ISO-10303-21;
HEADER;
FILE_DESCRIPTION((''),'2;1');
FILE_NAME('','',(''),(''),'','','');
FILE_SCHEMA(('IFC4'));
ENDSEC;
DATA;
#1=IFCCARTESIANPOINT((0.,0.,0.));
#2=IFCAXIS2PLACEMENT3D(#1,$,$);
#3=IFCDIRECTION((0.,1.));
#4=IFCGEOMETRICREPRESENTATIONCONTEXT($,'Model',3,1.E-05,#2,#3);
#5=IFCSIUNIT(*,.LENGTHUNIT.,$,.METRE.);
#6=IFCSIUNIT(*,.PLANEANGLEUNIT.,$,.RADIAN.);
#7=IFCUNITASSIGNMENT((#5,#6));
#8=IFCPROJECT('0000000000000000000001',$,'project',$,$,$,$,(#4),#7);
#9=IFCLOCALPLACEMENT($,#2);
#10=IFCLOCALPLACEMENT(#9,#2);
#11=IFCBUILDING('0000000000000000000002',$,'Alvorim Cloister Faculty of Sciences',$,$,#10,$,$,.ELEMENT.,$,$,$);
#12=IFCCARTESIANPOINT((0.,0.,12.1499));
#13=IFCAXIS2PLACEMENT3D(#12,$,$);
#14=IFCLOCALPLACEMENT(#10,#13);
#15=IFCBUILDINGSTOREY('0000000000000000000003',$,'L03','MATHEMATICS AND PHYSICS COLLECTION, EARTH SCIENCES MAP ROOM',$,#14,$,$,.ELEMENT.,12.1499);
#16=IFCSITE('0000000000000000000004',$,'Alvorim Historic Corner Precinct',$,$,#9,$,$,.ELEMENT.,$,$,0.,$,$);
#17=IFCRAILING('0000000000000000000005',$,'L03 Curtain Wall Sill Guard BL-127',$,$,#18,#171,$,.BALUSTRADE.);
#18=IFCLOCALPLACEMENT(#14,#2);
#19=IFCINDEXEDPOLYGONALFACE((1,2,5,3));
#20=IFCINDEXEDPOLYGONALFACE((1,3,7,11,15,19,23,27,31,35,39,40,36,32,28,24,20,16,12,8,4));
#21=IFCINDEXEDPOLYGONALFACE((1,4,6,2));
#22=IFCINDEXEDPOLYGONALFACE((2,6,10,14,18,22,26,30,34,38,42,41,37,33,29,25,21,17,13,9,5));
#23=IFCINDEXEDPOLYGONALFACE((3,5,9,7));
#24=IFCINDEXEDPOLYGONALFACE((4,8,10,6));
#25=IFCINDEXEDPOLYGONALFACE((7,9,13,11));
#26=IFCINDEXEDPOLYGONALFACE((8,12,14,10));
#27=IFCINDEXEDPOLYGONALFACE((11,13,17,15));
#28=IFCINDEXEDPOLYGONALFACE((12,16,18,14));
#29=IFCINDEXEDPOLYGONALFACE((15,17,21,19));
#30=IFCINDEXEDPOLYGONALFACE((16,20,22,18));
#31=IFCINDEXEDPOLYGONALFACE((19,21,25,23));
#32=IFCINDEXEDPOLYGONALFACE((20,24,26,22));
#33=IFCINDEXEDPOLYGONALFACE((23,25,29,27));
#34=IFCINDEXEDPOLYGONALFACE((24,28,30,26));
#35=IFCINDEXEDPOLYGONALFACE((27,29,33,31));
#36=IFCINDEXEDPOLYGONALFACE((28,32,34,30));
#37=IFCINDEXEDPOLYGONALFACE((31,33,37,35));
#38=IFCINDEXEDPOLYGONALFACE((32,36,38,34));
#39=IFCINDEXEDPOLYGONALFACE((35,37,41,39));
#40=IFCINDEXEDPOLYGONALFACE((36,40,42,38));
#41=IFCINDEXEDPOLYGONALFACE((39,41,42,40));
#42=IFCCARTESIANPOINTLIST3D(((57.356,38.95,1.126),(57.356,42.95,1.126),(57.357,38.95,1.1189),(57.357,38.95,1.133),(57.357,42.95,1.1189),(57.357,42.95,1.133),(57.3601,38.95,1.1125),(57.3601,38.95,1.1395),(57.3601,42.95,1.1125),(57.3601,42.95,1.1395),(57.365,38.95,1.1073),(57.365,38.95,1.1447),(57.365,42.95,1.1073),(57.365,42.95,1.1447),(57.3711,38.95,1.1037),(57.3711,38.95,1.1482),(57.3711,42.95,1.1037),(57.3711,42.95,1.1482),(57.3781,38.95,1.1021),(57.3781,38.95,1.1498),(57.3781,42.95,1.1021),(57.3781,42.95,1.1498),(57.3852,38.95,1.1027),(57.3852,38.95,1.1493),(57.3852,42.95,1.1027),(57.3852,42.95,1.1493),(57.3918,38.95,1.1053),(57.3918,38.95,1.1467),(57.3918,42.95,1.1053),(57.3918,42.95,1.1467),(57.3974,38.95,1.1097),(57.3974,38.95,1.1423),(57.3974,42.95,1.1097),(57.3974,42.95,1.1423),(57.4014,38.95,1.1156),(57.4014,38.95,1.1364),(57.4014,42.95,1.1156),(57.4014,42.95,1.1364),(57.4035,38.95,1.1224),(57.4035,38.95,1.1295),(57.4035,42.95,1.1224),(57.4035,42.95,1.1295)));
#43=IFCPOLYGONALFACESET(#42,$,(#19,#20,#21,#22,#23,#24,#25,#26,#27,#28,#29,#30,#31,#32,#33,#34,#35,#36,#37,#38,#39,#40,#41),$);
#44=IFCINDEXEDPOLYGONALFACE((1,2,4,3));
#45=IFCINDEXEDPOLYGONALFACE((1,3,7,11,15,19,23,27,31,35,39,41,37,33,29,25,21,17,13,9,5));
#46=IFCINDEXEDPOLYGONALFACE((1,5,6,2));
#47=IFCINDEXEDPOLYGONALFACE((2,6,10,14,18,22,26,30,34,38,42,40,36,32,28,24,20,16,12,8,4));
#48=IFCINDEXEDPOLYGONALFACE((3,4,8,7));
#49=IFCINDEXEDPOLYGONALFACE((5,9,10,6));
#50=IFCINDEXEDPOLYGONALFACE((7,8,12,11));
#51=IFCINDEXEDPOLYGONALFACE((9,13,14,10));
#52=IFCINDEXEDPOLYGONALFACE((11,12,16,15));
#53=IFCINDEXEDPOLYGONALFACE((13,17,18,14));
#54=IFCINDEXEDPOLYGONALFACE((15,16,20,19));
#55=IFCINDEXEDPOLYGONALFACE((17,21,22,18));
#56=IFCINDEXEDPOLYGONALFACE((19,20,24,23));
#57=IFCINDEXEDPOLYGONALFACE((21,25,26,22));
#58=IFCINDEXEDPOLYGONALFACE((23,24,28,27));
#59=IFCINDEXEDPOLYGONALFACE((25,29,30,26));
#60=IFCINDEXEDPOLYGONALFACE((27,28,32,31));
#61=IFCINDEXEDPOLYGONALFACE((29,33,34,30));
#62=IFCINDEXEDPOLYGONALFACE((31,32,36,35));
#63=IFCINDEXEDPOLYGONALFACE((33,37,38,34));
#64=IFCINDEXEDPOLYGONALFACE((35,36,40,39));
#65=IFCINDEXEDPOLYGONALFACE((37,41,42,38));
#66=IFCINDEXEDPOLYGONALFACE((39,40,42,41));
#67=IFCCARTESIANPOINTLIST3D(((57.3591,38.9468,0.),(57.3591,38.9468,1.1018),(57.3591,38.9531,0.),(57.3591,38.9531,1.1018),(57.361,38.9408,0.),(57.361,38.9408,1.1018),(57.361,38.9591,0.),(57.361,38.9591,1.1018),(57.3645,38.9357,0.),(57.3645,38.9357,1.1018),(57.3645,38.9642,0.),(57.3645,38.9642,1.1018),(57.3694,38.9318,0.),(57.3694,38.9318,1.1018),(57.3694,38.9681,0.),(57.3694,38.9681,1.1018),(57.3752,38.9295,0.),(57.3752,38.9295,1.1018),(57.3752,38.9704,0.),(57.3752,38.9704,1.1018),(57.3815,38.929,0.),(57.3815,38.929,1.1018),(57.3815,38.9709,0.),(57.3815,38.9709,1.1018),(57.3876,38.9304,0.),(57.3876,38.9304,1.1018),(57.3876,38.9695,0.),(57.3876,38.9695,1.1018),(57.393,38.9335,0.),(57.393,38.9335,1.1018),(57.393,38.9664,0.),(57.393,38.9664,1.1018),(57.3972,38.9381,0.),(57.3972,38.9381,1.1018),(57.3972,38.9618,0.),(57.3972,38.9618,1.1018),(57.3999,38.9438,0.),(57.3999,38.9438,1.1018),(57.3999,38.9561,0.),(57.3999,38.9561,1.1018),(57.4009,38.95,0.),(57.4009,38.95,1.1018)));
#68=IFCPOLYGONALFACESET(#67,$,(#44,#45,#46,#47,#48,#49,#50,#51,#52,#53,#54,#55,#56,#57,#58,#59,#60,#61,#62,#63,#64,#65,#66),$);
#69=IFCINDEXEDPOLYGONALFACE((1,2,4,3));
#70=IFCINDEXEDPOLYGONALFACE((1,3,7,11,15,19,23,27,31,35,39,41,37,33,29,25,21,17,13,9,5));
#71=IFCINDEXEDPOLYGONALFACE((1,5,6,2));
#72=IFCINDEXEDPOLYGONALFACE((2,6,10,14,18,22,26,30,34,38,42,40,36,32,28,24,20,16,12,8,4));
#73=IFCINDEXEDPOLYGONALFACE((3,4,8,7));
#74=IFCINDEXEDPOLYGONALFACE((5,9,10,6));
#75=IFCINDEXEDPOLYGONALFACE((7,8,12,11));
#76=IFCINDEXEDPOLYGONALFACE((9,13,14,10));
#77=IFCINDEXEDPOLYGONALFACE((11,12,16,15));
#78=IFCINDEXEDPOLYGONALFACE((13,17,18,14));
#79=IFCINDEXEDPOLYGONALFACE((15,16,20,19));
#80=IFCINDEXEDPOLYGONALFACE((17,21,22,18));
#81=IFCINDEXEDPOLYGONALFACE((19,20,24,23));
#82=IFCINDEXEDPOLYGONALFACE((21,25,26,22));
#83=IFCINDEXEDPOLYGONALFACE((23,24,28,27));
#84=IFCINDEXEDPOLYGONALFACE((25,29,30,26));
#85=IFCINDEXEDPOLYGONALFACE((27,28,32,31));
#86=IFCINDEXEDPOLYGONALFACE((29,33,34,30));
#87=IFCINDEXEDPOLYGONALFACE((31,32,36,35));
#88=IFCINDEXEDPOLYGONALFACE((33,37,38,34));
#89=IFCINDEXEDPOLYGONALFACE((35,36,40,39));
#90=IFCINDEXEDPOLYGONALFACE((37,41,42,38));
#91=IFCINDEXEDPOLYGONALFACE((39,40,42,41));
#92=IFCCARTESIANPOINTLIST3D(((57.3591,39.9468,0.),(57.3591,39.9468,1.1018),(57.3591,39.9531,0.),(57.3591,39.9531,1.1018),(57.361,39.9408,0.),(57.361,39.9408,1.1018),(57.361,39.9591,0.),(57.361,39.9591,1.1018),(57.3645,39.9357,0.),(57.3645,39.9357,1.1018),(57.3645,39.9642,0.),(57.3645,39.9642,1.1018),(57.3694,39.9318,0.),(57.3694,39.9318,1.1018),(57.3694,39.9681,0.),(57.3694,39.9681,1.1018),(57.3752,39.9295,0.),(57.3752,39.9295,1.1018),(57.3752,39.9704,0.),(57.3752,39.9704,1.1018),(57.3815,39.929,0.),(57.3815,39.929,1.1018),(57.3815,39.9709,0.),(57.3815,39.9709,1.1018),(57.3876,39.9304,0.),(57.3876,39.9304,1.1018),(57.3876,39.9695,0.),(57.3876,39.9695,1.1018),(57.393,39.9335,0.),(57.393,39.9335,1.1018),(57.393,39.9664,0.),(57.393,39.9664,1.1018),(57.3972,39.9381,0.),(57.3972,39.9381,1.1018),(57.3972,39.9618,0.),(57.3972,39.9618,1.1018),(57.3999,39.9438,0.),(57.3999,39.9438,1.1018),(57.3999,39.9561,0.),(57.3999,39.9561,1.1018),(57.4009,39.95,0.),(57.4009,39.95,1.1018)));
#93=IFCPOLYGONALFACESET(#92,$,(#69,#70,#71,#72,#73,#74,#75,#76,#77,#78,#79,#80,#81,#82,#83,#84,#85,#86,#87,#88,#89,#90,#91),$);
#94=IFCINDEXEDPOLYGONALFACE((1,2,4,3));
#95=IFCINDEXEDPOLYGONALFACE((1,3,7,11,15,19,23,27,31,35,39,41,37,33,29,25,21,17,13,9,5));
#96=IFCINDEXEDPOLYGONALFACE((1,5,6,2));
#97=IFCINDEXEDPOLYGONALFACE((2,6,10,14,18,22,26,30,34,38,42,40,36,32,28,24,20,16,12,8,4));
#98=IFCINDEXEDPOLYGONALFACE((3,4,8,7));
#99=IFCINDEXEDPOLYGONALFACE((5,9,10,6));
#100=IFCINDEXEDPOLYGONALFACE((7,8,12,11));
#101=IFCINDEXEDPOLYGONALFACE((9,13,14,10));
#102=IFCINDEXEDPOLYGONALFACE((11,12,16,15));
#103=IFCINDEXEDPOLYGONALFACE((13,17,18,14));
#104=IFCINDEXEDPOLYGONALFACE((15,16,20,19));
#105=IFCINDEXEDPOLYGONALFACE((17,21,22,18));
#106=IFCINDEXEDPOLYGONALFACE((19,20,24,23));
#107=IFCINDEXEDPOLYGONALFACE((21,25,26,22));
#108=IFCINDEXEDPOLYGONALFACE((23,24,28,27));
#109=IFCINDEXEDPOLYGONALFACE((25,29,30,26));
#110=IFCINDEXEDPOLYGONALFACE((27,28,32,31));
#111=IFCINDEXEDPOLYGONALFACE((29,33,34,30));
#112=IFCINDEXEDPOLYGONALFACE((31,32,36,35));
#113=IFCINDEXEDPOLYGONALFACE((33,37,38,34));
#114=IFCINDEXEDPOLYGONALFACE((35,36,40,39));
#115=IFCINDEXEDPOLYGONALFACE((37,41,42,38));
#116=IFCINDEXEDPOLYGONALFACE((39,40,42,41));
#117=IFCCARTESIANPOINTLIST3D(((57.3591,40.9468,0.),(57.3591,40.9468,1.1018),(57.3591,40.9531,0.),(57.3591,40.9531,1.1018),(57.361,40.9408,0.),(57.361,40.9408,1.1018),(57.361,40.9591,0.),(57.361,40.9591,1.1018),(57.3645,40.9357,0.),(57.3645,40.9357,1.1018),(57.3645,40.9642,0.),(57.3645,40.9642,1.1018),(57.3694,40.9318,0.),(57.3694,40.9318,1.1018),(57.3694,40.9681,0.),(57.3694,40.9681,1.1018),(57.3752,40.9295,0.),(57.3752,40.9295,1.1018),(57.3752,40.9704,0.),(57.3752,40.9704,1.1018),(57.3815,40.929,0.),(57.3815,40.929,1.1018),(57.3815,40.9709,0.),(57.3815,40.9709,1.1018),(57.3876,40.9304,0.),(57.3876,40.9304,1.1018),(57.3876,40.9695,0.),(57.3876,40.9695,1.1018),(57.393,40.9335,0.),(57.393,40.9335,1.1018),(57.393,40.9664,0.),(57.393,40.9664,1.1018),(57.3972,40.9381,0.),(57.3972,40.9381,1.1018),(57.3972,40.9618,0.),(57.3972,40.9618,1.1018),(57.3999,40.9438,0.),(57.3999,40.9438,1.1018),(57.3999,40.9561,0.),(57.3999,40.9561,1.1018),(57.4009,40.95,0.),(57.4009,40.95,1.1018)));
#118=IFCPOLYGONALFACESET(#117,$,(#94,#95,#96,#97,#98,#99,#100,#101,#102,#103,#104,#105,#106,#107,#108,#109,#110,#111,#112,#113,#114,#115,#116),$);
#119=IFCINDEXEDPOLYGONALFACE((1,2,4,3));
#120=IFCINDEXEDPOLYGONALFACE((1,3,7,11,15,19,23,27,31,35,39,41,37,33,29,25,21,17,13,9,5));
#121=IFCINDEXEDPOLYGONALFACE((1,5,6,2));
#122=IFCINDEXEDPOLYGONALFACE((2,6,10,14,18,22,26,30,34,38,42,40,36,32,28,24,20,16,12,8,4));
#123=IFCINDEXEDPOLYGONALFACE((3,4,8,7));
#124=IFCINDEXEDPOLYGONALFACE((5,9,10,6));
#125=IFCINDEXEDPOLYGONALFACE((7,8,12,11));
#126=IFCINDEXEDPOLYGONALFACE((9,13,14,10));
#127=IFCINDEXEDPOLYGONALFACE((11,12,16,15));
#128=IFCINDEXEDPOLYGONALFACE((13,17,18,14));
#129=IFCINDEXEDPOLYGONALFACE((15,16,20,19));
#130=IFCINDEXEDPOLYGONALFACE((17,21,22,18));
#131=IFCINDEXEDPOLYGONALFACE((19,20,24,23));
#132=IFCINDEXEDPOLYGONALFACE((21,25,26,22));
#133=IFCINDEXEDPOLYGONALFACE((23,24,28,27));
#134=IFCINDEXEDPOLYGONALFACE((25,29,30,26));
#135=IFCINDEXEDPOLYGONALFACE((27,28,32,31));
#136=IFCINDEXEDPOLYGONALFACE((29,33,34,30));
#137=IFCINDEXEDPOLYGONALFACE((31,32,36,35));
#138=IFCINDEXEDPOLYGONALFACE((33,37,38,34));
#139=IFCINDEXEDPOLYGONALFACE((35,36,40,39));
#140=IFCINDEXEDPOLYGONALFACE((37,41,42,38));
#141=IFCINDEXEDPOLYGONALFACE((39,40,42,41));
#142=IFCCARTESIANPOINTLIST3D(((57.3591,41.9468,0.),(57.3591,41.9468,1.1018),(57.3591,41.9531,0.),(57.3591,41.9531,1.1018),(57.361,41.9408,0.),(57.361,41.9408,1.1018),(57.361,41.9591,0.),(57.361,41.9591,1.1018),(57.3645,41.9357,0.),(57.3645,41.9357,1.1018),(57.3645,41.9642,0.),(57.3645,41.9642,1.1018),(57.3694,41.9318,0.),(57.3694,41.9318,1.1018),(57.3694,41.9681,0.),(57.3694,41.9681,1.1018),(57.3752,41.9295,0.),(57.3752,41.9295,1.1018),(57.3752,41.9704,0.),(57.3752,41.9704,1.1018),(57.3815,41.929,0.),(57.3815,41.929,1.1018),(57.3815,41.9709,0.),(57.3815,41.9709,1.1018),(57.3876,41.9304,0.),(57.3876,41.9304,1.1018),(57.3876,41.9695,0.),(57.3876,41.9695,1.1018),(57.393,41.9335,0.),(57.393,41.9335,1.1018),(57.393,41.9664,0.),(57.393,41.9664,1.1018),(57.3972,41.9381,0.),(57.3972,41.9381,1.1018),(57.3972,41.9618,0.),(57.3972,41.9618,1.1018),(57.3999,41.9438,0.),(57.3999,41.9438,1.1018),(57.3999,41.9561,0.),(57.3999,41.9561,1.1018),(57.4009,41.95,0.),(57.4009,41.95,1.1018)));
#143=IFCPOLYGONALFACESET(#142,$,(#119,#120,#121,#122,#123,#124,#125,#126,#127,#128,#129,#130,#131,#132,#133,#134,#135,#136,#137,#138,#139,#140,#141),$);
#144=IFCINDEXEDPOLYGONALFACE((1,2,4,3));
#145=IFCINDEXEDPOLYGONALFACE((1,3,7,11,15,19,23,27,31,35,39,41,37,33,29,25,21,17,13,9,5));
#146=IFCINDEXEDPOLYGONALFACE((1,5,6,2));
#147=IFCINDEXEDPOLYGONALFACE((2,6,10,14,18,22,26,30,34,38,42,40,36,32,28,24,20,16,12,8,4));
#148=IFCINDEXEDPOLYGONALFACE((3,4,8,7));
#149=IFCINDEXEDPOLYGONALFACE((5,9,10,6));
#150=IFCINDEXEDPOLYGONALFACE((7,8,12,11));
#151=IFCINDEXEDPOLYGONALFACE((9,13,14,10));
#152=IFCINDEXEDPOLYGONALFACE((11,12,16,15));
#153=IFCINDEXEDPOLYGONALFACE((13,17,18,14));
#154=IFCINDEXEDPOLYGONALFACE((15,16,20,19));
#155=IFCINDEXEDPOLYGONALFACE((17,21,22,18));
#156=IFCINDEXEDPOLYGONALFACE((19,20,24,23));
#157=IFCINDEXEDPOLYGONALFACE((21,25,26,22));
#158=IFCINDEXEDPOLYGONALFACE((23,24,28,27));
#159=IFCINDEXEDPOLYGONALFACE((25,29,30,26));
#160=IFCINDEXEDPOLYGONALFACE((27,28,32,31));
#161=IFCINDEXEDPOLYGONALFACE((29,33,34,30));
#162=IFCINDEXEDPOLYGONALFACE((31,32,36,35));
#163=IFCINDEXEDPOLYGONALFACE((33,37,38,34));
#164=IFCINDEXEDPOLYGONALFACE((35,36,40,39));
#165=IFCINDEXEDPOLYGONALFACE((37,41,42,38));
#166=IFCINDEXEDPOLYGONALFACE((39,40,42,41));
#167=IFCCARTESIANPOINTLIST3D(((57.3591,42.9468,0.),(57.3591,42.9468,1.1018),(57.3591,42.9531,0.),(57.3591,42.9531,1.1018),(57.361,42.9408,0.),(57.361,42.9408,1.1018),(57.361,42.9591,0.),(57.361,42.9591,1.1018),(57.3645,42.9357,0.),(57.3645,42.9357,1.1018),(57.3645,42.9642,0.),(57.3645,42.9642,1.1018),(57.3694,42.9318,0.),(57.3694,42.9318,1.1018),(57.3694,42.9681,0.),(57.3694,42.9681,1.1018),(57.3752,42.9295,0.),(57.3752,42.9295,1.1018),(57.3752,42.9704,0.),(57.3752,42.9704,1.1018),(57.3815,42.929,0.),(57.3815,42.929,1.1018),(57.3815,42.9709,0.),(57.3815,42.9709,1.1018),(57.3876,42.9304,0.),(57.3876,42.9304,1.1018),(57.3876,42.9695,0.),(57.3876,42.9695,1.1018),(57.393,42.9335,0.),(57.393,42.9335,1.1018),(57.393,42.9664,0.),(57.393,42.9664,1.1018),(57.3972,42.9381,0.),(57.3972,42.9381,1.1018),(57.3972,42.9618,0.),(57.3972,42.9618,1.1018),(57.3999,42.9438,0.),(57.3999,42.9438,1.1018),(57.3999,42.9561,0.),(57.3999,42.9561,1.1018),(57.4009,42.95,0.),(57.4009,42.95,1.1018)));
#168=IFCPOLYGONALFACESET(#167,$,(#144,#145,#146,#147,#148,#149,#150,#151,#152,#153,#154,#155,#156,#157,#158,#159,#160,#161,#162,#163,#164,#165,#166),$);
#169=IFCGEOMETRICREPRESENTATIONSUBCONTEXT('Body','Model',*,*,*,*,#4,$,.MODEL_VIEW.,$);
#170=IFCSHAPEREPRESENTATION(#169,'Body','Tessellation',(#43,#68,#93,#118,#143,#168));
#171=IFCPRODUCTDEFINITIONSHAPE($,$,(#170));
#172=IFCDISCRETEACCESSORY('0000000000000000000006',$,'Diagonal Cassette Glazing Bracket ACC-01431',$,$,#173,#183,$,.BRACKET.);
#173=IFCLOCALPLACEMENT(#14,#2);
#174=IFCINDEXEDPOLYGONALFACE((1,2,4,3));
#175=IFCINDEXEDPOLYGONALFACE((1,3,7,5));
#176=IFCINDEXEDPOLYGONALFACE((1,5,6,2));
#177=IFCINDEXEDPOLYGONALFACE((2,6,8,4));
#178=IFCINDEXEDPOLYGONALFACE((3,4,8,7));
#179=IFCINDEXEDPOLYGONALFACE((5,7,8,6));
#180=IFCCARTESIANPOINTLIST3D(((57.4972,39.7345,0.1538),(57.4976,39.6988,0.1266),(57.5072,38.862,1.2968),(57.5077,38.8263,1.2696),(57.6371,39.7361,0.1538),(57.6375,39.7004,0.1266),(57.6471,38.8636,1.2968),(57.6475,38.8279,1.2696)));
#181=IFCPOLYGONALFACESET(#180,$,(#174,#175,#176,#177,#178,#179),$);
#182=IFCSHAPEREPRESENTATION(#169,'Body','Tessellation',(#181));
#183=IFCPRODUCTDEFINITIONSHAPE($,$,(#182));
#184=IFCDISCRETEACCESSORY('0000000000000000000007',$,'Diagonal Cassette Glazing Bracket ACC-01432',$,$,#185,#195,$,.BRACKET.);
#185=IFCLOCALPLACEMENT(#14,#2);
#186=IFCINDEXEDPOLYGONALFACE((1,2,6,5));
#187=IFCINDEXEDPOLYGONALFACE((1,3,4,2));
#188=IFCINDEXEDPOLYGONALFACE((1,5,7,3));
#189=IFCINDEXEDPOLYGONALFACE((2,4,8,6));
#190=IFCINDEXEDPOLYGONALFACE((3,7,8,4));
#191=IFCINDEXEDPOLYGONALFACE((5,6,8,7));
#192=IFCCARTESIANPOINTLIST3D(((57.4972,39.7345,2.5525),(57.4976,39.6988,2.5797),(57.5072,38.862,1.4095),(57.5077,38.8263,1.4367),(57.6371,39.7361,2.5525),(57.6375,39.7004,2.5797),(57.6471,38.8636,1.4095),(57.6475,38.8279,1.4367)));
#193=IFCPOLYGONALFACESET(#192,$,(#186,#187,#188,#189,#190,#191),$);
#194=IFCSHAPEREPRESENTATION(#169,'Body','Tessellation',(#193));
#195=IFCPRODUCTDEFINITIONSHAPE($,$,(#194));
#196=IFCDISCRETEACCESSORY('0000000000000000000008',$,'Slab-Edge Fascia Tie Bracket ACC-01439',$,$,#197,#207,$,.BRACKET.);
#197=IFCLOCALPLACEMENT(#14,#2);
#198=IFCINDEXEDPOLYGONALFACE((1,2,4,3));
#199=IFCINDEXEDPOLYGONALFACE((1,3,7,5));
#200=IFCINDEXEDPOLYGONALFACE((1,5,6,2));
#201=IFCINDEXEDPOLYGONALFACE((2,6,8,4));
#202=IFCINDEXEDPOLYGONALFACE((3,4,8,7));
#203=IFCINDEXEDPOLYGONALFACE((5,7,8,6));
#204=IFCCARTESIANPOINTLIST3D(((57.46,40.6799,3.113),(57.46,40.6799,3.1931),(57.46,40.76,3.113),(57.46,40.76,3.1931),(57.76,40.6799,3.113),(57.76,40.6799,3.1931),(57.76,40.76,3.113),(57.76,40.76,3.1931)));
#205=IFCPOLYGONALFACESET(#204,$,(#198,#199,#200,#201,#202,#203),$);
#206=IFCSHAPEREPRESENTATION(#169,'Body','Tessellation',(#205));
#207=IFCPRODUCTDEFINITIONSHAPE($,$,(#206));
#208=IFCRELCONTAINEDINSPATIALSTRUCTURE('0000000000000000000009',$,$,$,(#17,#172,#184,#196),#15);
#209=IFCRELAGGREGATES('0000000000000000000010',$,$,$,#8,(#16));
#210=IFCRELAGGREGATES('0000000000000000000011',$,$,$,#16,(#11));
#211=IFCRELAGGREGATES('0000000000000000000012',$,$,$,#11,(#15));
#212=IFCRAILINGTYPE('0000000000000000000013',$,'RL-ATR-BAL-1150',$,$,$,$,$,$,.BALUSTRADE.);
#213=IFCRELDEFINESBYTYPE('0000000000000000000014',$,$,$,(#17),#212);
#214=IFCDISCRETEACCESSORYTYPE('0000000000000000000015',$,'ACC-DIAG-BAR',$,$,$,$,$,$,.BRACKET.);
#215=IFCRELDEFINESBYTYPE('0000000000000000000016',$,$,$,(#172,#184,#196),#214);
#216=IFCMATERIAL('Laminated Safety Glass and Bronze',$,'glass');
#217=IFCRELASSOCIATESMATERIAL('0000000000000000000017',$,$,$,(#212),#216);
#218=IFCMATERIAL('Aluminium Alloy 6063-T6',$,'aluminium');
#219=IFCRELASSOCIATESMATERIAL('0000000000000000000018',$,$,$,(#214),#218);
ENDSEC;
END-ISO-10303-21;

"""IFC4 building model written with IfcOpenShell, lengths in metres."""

from ifc_helpers import new_model, si_unit, direction, frame, origin, origin_2d, place, context, subcontext, project, spatial, rectangle, circle, extrude, material, type_object, element, save


model = new_model("IFC4")

# Units and contexts
model_context = context("Model", 3, precision=1e-05, world=origin(), true_north=direction((0.0, 1.0)))
body_context = subcontext(model_context, "Body", "Model", "MODEL_VIEW")
ifc_project = project(units=[si_unit("LENGTHUNIT", "METRE"), si_unit("PLANEANGLEUNIT", "RADIAN")], contexts=[model_context])

# Site, building, storey
site_placement = place(None, origin())
site = spatial("IfcSite", under=ifc_project, at=site_placement, Name="Alvorim Historic Corner Precinct", CompositionType="ELEMENT", RefElevation=0.0)
building_placement = place(site_placement, origin())
building = spatial("IfcBuilding", under=site, at=building_placement, Name="Alvorim Cloister Faculty of Sciences", CompositionType="ELEMENT")
storey_placement = place(building_placement, frame((0.0, 0.0, 12.1499)))
storey = spatial("IfcBuildingStorey", under=building, at=storey_placement, Name="L03", Description="MATHEMATICS AND PHYSICS COLLECTION, EARTH SCIENCES MAP ROOM", CompositionType="ELEMENT", Elevation=12.1499)

# Shared definitions
ifc_material_1 = material(Name="Aluminium Alloy 6063-T6", Category="aluminium")

# Railing
ifc_material_2 = material(Name="Laminated Safety Glass and Bronze", Category="glass")
railing_type = type_object("IfcRailingType", Name="RL-ATR-BAL-1150", PredefinedType="BALUSTRADE", material=ifc_material_2)
railing_placement = place(storey_placement, frame((57.3799, 38.95, 0.0)))
element("IfcRailing", 1, at=railing_placement, inside=storey, type_object=railing_type, Name="L03 Curtain Wall Sill Guard BL-127", PredefinedType="BALUSTRADE", context=body_context, shape_type="SweptSolid", body=[
    extrude(circle(Radius=0.0239, at=origin_2d()), frame((0.0, 0.0, 1.126), z_axis=(0.0, 1.0, 0.0), x_axis=(-1.0, 0.0, 0.0)), (0.0, 0.0, 1.0), 4.0),
    extrude(circle(Radius=0.021, at=origin_2d()), origin(), (0.0, 0.0, 1.0), 1.1018),
    extrude(circle(Radius=0.021, at=origin_2d()), frame((0.0, 1.0, 0.0)), (0.0, 0.0, 1.0), 1.1018),
    extrude(circle(Radius=0.021, at=origin_2d()), frame((0.0, 2.0, 0.0)), (0.0, 0.0, 1.0), 1.1018),
    extrude(circle(Radius=0.021, at=origin_2d()), frame((0.0, 3.0, 0.0)), (0.0, 0.0, 1.0), 1.1018),
    extrude(circle(Radius=0.021, at=origin_2d()), frame((0.0, 4.0, 0.0)), (0.0, 0.0, 1.0), 1.1018),
])

# Discrete accessories
discrete_accessory_type = type_object("IfcDiscreteAccessoryType", Name="ACC-DIAG-BAR", PredefinedType="BRACKET", material=ifc_material_1)
for number, where, z_axis, x_axis, name in (
    (2, (57.5774, 38.845, 1.2832), (-0.006961, 0.606755, -0.794859), (-0.999934, -0.011471, 0.0), "Diagonal Cassette Glazing Bracket ACC-01431"),
    (3, (57.5774, 38.845, 1.4231), (-0.006961, 0.606755, 0.794859), (-0.999934, -0.011471, 0.0), "Diagonal Cassette Glazing Bracket ACC-01432"),
):
    element("IfcDiscreteAccessory", number, at=place(storey_placement, frame(where, z_axis=z_axis, x_axis=x_axis)), inside=storey, type_object=discrete_accessory_type, Name=name, PredefinedType="BRACKET", context=body_context, shape_type="SweptSolid", body=[
        extrude(rectangle(XDim=0.1399, YDim=0.0449, at=origin_2d()), origin(), (0.0, 0.0, 1.0), 1.438),
    ])
discrete_accessory_placement = place(storey_placement, frame((57.46, 40.72, 3.1531), z_axis=(1.0, 0.0, 0.0), x_axis=(0.0, 1.0, 0.0)))
element("IfcDiscreteAccessory", 4, at=discrete_accessory_placement, inside=storey, type_object=discrete_accessory_type, Name="Slab-Edge Fascia Tie Bracket ACC-01439", PredefinedType="BRACKET", context=body_context, shape_type="SweptSolid", body=[
    extrude(rectangle(XDim=0.0801, YDim=0.0801, at=origin_2d()), origin(), (0.0, 0.0, 1.0), 0.3),
])

save(model, "model.ifc")
